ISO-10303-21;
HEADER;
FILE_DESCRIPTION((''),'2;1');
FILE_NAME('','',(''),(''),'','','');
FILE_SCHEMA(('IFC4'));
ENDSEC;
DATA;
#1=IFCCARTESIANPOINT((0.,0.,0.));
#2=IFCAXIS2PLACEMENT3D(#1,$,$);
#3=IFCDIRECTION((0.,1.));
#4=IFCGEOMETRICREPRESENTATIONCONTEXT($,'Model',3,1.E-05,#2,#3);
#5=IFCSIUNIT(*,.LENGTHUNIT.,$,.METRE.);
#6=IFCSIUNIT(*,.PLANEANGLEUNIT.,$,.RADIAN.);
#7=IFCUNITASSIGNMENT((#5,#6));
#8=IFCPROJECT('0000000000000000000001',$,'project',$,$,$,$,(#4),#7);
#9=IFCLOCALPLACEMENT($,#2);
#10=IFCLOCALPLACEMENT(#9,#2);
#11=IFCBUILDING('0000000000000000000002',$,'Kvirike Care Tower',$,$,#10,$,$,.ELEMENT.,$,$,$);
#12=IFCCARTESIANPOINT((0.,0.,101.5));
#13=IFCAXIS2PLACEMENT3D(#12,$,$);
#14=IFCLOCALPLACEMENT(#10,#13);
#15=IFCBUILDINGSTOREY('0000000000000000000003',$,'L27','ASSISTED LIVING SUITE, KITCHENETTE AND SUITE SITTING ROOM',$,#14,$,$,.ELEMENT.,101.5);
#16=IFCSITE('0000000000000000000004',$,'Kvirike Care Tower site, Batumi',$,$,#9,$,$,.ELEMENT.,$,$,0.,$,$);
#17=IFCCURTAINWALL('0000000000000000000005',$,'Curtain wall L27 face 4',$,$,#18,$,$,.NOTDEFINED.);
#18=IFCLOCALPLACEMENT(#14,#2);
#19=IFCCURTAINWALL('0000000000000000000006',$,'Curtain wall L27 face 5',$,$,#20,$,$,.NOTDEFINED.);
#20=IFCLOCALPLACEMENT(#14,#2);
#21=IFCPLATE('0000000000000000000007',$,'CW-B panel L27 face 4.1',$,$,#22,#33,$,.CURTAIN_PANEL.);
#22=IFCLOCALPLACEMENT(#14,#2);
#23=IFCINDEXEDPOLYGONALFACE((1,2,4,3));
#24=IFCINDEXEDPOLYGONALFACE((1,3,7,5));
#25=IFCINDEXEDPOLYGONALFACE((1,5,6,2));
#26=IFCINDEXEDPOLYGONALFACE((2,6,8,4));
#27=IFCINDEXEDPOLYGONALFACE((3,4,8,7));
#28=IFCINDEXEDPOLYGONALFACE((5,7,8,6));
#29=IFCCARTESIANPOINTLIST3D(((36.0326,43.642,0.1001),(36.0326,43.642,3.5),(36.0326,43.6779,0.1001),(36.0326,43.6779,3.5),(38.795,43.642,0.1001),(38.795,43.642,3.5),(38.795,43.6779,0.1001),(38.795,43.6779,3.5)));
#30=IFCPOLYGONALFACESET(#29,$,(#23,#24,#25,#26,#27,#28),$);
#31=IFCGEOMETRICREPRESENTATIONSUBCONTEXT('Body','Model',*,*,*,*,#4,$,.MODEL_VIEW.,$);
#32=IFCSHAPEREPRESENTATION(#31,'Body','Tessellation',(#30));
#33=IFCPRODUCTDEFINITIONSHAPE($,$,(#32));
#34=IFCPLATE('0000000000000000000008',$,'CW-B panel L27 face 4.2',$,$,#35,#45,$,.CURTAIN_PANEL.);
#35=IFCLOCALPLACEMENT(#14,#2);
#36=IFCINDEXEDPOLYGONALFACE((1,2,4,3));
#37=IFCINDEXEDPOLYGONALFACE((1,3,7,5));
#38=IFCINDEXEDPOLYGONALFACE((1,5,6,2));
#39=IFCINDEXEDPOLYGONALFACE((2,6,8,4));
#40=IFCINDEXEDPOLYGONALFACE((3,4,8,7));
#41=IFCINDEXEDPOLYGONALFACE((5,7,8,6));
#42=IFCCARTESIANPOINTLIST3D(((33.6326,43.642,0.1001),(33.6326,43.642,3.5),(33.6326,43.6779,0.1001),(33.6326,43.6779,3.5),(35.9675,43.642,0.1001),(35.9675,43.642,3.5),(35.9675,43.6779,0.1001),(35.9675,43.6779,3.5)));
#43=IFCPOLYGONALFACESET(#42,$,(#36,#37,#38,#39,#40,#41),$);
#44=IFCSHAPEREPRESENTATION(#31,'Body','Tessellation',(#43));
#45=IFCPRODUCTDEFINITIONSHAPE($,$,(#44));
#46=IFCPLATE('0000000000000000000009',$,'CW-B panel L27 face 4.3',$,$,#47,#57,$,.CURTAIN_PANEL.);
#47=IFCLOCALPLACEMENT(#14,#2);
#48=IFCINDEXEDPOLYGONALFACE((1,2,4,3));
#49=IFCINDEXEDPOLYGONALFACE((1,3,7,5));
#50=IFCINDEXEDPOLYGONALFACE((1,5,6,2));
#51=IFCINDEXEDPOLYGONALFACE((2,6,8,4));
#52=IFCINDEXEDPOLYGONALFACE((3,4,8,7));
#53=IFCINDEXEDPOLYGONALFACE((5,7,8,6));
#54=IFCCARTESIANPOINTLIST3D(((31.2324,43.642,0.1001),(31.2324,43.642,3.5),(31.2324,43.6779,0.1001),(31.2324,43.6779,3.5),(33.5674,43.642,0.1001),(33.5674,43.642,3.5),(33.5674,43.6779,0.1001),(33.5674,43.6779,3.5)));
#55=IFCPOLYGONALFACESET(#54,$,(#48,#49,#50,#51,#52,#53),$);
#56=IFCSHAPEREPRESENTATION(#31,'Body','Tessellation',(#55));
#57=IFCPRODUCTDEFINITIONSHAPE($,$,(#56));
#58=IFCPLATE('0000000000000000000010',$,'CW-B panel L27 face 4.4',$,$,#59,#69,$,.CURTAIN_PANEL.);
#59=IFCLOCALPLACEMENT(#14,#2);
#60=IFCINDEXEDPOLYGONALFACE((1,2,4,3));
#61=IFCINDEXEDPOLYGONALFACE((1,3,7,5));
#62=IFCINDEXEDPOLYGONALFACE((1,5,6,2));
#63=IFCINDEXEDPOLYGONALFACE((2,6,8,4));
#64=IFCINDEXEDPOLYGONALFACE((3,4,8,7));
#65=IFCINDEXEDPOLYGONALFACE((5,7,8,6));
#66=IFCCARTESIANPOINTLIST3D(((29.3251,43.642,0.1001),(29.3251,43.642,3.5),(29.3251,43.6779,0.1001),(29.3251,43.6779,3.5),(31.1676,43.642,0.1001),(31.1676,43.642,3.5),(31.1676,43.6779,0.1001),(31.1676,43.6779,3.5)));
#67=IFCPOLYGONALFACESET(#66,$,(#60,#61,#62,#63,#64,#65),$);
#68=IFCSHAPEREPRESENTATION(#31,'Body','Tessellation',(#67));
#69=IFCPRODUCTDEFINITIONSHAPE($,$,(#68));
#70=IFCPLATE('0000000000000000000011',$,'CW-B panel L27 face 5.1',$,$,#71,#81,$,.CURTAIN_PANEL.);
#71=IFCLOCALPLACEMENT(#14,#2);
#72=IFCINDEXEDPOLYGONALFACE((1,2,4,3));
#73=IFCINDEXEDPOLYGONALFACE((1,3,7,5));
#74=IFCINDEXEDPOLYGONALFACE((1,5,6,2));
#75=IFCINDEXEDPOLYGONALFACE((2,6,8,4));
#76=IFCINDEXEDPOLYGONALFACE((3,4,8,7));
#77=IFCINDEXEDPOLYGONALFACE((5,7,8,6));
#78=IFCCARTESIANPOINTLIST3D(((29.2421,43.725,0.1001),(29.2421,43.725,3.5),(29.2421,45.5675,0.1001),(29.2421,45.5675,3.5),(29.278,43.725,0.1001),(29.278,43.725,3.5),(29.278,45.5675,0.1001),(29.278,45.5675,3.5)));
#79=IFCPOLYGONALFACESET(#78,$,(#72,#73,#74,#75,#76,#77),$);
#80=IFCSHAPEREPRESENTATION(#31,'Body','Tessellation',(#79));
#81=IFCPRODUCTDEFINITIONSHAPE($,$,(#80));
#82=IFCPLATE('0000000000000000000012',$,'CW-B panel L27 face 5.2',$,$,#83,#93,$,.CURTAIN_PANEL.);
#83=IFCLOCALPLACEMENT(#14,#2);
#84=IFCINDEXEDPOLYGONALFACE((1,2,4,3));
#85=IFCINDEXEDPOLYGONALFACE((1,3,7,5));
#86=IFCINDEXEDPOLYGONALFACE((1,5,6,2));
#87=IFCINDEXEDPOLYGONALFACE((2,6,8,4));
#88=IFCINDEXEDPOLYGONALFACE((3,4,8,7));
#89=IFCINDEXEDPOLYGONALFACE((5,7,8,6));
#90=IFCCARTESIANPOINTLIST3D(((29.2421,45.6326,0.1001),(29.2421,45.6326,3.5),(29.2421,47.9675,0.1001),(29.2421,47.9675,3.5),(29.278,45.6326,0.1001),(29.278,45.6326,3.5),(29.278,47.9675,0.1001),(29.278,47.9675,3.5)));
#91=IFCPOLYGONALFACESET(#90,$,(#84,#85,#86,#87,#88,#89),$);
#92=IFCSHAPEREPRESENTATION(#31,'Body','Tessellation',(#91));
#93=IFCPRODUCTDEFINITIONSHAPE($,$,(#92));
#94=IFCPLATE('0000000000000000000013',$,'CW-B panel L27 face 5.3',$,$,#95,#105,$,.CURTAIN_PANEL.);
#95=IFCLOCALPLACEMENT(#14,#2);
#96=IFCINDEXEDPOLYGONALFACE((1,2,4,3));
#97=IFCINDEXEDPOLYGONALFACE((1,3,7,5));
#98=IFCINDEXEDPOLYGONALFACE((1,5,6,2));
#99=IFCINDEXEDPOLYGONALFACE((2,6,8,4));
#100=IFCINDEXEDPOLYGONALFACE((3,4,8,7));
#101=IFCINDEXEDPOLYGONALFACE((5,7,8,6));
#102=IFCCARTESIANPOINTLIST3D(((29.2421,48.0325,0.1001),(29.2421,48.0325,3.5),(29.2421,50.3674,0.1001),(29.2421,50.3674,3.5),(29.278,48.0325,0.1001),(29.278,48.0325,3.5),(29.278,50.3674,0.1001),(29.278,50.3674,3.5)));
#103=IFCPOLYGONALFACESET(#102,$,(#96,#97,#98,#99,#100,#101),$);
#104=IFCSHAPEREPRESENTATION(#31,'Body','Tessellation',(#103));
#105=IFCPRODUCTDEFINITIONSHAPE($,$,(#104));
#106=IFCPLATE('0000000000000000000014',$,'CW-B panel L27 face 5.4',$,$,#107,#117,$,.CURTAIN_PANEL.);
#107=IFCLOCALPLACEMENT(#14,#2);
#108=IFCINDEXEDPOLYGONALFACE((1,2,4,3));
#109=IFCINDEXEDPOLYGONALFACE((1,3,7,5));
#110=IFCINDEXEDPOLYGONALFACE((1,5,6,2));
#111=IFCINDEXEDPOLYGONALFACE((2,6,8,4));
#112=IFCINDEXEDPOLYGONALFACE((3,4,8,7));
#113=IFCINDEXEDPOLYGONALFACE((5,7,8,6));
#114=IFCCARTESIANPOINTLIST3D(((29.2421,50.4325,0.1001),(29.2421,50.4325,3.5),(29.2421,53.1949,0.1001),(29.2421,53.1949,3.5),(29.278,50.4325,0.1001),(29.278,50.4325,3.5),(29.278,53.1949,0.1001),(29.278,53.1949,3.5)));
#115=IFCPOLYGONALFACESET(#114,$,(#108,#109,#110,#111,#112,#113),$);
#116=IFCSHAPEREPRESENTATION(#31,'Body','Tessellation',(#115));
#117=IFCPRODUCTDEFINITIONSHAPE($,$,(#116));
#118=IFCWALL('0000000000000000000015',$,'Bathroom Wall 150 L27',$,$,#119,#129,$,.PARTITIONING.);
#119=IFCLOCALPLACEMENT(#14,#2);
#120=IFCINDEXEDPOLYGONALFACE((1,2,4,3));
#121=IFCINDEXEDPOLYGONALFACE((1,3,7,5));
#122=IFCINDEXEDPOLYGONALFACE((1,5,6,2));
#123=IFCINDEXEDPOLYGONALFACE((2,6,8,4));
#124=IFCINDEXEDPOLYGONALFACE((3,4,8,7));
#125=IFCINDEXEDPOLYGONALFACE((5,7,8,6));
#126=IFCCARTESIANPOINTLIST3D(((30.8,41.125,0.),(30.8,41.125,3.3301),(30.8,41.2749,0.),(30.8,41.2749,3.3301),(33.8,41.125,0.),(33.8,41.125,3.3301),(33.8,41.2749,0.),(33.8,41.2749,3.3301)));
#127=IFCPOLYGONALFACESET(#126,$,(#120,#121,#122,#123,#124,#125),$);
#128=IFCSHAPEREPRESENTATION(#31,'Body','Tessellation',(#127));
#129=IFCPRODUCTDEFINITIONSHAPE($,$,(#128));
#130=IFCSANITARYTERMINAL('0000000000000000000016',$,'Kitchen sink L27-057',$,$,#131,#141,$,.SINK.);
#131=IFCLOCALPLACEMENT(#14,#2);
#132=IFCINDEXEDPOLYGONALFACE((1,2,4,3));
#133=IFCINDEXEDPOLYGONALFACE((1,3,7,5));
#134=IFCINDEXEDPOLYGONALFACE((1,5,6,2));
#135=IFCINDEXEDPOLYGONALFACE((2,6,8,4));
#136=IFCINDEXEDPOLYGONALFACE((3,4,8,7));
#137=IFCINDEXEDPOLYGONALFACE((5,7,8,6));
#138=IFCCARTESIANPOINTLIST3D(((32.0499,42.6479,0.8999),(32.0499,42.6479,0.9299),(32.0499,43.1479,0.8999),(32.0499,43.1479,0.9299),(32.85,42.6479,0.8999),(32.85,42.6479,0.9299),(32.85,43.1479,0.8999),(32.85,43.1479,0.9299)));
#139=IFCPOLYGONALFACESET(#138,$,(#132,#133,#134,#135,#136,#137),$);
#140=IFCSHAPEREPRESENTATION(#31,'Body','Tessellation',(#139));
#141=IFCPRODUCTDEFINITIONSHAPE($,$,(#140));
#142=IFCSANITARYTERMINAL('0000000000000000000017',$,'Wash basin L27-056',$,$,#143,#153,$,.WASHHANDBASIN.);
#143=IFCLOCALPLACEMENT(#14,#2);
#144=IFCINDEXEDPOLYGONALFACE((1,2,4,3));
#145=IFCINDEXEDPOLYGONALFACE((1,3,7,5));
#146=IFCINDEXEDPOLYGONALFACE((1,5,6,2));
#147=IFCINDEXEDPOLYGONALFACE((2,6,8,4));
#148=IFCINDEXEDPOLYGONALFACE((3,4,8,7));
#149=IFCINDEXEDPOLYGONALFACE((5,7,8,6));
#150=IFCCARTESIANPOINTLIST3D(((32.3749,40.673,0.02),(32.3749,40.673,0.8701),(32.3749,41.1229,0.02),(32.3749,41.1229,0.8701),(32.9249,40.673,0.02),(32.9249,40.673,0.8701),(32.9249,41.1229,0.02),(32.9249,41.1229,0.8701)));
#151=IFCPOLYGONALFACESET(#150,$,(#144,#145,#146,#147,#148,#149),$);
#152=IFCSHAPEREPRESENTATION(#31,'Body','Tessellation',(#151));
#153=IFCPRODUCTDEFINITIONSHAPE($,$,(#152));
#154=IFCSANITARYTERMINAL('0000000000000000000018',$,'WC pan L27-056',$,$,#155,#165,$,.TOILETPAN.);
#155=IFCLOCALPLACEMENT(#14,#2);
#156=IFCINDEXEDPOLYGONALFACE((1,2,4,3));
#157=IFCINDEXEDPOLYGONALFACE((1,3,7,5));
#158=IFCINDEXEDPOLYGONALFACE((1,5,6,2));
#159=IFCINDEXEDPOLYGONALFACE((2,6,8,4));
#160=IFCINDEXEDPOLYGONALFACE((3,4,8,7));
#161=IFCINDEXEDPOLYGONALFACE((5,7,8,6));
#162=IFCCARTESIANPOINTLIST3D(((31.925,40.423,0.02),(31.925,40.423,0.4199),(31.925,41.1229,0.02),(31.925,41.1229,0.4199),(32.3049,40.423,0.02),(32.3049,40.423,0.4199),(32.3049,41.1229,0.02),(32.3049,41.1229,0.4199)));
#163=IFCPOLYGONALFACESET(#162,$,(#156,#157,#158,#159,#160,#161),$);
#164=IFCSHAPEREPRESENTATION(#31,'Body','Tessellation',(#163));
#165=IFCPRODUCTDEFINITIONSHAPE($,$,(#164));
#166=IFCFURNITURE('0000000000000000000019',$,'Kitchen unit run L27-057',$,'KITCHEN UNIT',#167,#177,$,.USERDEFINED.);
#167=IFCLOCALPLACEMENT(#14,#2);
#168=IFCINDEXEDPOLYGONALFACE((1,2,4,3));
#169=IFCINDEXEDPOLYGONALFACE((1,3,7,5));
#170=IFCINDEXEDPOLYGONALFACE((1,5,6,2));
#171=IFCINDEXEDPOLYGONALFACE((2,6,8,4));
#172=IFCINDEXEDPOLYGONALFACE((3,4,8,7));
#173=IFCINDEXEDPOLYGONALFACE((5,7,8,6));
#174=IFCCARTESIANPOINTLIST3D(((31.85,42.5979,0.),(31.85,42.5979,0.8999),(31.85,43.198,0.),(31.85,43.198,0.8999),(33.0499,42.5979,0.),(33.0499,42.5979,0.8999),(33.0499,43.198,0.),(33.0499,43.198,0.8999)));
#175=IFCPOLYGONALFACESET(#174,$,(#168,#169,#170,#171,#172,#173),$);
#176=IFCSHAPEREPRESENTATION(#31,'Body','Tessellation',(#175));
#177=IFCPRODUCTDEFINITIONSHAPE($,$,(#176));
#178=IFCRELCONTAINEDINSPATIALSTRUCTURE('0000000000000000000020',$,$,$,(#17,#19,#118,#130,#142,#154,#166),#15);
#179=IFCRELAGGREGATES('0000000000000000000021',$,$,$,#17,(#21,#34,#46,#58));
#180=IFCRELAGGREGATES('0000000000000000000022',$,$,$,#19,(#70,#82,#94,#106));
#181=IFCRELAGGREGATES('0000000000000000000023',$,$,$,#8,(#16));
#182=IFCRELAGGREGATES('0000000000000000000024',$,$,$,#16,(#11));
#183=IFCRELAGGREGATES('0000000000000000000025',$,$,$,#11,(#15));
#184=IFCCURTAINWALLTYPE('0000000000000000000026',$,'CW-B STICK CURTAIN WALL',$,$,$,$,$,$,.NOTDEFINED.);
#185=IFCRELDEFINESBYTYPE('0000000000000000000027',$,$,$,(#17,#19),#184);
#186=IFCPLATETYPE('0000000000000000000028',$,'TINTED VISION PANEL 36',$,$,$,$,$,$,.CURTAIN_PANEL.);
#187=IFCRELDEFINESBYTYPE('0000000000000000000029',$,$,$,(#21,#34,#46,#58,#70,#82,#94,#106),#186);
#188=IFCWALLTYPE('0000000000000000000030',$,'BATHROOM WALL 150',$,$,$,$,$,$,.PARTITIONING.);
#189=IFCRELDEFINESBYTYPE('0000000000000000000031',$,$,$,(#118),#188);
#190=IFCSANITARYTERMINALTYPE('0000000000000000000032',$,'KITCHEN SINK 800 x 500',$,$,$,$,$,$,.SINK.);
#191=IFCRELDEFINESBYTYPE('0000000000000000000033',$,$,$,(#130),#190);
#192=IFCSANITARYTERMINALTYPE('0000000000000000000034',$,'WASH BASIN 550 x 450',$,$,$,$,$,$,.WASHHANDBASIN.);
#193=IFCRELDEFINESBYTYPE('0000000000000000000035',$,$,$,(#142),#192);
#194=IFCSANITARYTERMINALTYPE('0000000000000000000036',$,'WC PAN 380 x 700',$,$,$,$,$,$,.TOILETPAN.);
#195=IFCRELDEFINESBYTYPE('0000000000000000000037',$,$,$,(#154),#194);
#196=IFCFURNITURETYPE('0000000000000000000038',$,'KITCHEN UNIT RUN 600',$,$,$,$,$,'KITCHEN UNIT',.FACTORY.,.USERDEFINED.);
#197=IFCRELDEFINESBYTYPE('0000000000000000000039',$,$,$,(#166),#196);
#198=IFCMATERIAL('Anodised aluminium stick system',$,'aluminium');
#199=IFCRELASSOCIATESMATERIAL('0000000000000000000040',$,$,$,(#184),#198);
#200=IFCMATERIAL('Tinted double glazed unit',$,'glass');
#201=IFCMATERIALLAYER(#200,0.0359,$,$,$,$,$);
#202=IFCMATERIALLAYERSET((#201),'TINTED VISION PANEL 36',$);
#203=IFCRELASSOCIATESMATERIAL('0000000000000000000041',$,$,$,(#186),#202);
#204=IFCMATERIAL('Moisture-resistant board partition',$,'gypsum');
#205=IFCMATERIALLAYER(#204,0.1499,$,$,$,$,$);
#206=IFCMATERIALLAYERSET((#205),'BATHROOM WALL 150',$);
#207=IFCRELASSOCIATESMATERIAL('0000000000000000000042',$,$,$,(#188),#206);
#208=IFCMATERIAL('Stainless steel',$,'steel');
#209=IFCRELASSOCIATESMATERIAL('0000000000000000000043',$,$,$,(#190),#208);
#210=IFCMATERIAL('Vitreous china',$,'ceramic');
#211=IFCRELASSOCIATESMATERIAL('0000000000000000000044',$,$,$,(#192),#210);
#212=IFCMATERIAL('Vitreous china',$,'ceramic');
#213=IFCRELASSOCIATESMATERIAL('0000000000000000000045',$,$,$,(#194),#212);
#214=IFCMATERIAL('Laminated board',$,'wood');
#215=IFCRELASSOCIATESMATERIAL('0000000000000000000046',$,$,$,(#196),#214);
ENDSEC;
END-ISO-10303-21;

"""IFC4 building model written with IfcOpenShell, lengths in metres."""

from ifc_helpers import new_model, si_unit, direction, frame, frame_2d, origin, origin_2d, place, context, subcontext, project, spatial, rectangle, extrude, material, layer, layer_set, type_object, element, aggregate, save


model = new_model("IFC4")

# Units and contexts
model_context = context("Model", 3, precision=1e-05, world=origin(), true_north=direction((0.0, 1.0)))
body_context = subcontext(model_context, "Body", "Model", "MODEL_VIEW")
ifc_project = project(units=[si_unit("LENGTHUNIT", "METRE"), si_unit("PLANEANGLEUNIT", "RADIAN")], contexts=[model_context])

# Site, building, storey
site_placement = place(None, origin())
site = spatial("IfcSite", under=ifc_project, at=site_placement, Name="Kvirike Care Tower site, Batumi", CompositionType="ELEMENT", RefElevation=0.0)
building_placement = place(site_placement, origin())
building = spatial("IfcBuilding", under=site, at=building_placement, Name="Kvirike Care Tower", CompositionType="ELEMENT")
storey_placement = place(building_placement, frame((0.0, 0.0, 101.5)))
storey = spatial("IfcBuildingStorey", under=building, at=storey_placement, Name="L27", Description="ASSISTED LIVING SUITE, KITCHENETTE AND SUITE SITTING ROOM", CompositionType="ELEMENT", Elevation=101.5)

# Curtain walls
ifc_material_1 = material(Name="Anodised aluminium stick system", Category="aluminium")
curtain_wall_type = type_object("IfcCurtainWallType", Name="CW-B STICK CURTAIN WALL", PredefinedType="NOTDEFINED", material=ifc_material_1)
curtain_wall_1_placement = place(storey_placement, origin())
curtain_wall_1 = element("IfcCurtainWall", 1, at=curtain_wall_1_placement, inside=storey, type_object=curtain_wall_type, Name="Curtain wall L27 face 4", PredefinedType="NOTDEFINED")
curtain_wall_2_placement = place(storey_placement, origin())
curtain_wall_2 = element("IfcCurtainWall", 2, at=curtain_wall_2_placement, inside=storey, type_object=curtain_wall_type, Name="Curtain wall L27 face 5", PredefinedType="NOTDEFINED")

# Plates
ifc_material_2 = material(Name="Tinted double glazed unit", Category="glass")
ifc_layer_1 = layer(ifc_material_2, 0.0359)
ifc_layer_set_1 = layer_set([ifc_layer_1], Name="TINTED VISION PANEL 36")
plate_type = type_object("IfcPlateType", Name="TINTED VISION PANEL 36", PredefinedType="CURTAIN_PANEL", material=ifc_layer_set_1)
plate_1_placement = place(storey_placement, frame((37.4138, 43.6599, 0.1001), z_axis=(0.0, 0.0, 1.0), x_axis=(-1.0, 0.0, 0.0)))
plate_1 = element("IfcPlate", 3, at=plate_1_placement, type_object=plate_type, Name="CW-B panel L27 face 4.1", PredefinedType="CURTAIN_PANEL", context=body_context, shape_type="SweptSolid", body=[
    extrude(rectangle(XDim=2.7625, YDim=0.0359, at=origin_2d()), origin(), (0.0, 0.0, 1.0), 3.3999),
])
plate_2_placement = place(storey_placement, frame((34.8, 43.6599, 0.1001), z_axis=(0.0, 0.0, 1.0), x_axis=(-1.0, 0.0, 0.0)))
plate_2 = element("IfcPlate", 4, at=plate_2_placement, type_object=plate_type, Name="CW-B panel L27 face 4.2", PredefinedType="CURTAIN_PANEL", context=body_context, shape_type="SweptSolid", body=[
    extrude(rectangle(XDim=2.335, YDim=0.0359, at=origin_2d()), origin(), (0.0, 0.0, 1.0), 3.3999),
])
plate_3_placement = place(storey_placement, frame((32.3999, 43.6599, 0.1001), z_axis=(0.0, 0.0, 1.0), x_axis=(-1.0, 0.0, 0.0)))
plate_3 = element("IfcPlate", 5, at=plate_3_placement, type_object=plate_type, Name="CW-B panel L27 face 4.3", PredefinedType="CURTAIN_PANEL", context=body_context, shape_type="SweptSolid", body=[
    extrude(rectangle(XDim=2.335, YDim=0.0359, at=origin_2d()), origin(), (0.0, 0.0, 1.0), 3.3999),
])
plate_4_placement = place(storey_placement, frame((30.2463, 43.6599, 0.1001), z_axis=(0.0, 0.0, 1.0), x_axis=(-1.0, 0.0, 0.0)))
plate_4 = element("IfcPlate", 6, at=plate_4_placement, type_object=plate_type, Name="CW-B panel L27 face 4.4", PredefinedType="CURTAIN_PANEL", context=body_context, shape_type="SweptSolid", body=[
    extrude(rectangle(XDim=1.8425, YDim=0.0359, at=origin_2d()), origin(), (0.0, 0.0, 1.0), 3.3999),
])
aggregate(curtain_wall_1, [plate_1, plate_2, plate_3, plate_4])
plate_5_placement = place(storey_placement, frame((29.26, 44.6462, 0.1001), z_axis=(0.0, 0.0, 1.0), x_axis=(0.0, 1.0, 0.0)))
plate_5 = element("IfcPlate", 7, at=plate_5_placement, type_object=plate_type, Name="CW-B panel L27 face 5.1", PredefinedType="CURTAIN_PANEL", context=body_context, shape_type="SweptSolid", body=[
    extrude(rectangle(XDim=1.8425, YDim=0.0359, at=origin_2d()), origin(), (0.0, 0.0, 1.0), 3.3999),
])
plate_6_placement = place(storey_placement, frame((29.26, 46.8, 0.1001), z_axis=(0.0, 0.0, 1.0), x_axis=(0.0, 1.0, 0.0)))
plate_6 = element("IfcPlate", 8, at=plate_6_placement, type_object=plate_type, Name="CW-B panel L27 face 5.2", PredefinedType="CURTAIN_PANEL", context=body_context, shape_type="SweptSolid", body=[
    extrude(rectangle(XDim=2.335, YDim=0.0359, at=origin_2d()), origin(), (0.0, 0.0, 1.0), 3.3999),
])
plate_7_placement = place(storey_placement, frame((29.26, 49.2, 0.1001), z_axis=(0.0, 0.0, 1.0), x_axis=(0.0, 1.0, 0.0)))
plate_7 = element("IfcPlate", 9, at=plate_7_placement, type_object=plate_type, Name="CW-B panel L27 face 5.3", PredefinedType="CURTAIN_PANEL", context=body_context, shape_type="SweptSolid", body=[
    extrude(rectangle(XDim=2.335, YDim=0.0359, at=origin_2d()), origin(), (0.0, 0.0, 1.0), 3.3999),
])
plate_8_placement = place(storey_placement, frame((29.26, 51.8137, 0.1001), z_axis=(0.0, 0.0, 1.0), x_axis=(0.0, 1.0, 0.0)))
plate_8 = element("IfcPlate", 10, at=plate_8_placement, type_object=plate_type, Name="CW-B panel L27 face 5.4", PredefinedType="CURTAIN_PANEL", context=body_context, shape_type="SweptSolid", body=[
    extrude(rectangle(XDim=2.7625, YDim=0.0359, at=origin_2d()), origin(), (0.0, 0.0, 1.0), 3.3999),
])
aggregate(curtain_wall_2, [plate_5, plate_6, plate_7, plate_8])

# Wall
ifc_material_3 = material(Name="Moisture-resistant board partition", Category="gypsum")
ifc_layer_2 = layer(ifc_material_3, 0.1499)
ifc_layer_set_2 = layer_set([ifc_layer_2], Name="BATHROOM WALL 150")
wall_type = type_object("IfcWallType", Name="BATHROOM WALL 150", PredefinedType="PARTITIONING", material=ifc_layer_set_2)
wall_placement = place(storey_placement, frame((33.8, 41.2, 0.0), z_axis=(0.0, 0.0, 1.0), x_axis=(-1.0, 0.0, 0.0)))
element("IfcWall", 11, at=wall_placement, inside=storey, type_object=wall_type, Name="Bathroom Wall 150 L27", PredefinedType="PARTITIONING", context=body_context, shape_type="SweptSolid", body=[
    extrude(rectangle(XDim=3.0, YDim=0.1499, at=frame_2d((1.5, 0.0))), origin(), (0.0, 0.0, 1.0), 3.3301),
])

# Sanitary terminals
ifc_material_4 = material(Name="Stainless steel", Category="steel")
sanitary_terminal_type_1 = type_object("IfcSanitaryTerminalType", Name="KITCHEN SINK 800 x 500", PredefinedType="SINK", material=ifc_material_4)
sanitary_terminal_1_placement = place(storey_placement, frame((32.45, 42.8979, 0.8999), z_axis=(0.0, 0.0, 1.0), x_axis=(1.0, 0.0, 0.0)))
element("IfcSanitaryTerminal", 12, at=sanitary_terminal_1_placement, inside=storey, type_object=sanitary_terminal_type_1, Name="Kitchen sink L27-057", PredefinedType="SINK", context=body_context, shape_type="SweptSolid", body=[
    extrude(rectangle(XDim=0.8, YDim=0.5, at=origin_2d()), origin(), (0.0, 0.0, 1.0), 0.03),
])
ifc_material_5 = material(Name="Vitreous china", Category="ceramic")
sanitary_terminal_type_2 = type_object("IfcSanitaryTerminalType", Name="WASH BASIN 550 x 450", PredefinedType="WASHHANDBASIN", material=ifc_material_5)
sanitary_terminal_2_placement = place(storey_placement, frame((32.6499, 40.8979, 0.02), z_axis=(0.0, 0.0, 1.0), x_axis=(1.0, 0.0, 0.0)))
element("IfcSanitaryTerminal", 13, at=sanitary_terminal_2_placement, inside=storey, type_object=sanitary_terminal_type_2, Name="Wash basin L27-056", PredefinedType="WASHHANDBASIN", context=body_context, shape_type="SweptSolid", body=[
    extrude(rectangle(XDim=0.55, YDim=0.45, at=origin_2d()), origin(), (0.0, 0.0, 1.0), 0.8501),
])
ifc_material_6 = material(Name="Vitreous china", Category="ceramic")
sanitary_terminal_type_3 = type_object("IfcSanitaryTerminalType", Name="WC PAN 380 x 700", PredefinedType="TOILETPAN", material=ifc_material_6)
sanitary_terminal_3_placement = place(storey_placement, frame((32.115, 40.7729, 0.02), z_axis=(0.0, 0.0, 1.0), x_axis=(1.0, 0.0, 0.0)))
element("IfcSanitaryTerminal", 14, at=sanitary_terminal_3_placement, inside=storey, type_object=sanitary_terminal_type_3, Name="WC pan L27-056", PredefinedType="TOILETPAN", context=body_context, shape_type="SweptSolid", body=[
    extrude(rectangle(XDim=0.3799, YDim=0.7, at=origin_2d()), origin(), (0.0, 0.0, 1.0), 0.3999),
])

# Furniture
ifc_material_7 = material(Name="Laminated board", Category="wood")
furniture_type = type_object("IfcFurnitureType", Name="KITCHEN UNIT RUN 600", ElementType="KITCHEN UNIT", AssemblyPlace="FACTORY", PredefinedType="USERDEFINED", material=ifc_material_7)
furniture_placement = place(storey_placement, frame((32.45, 42.8979, 0.0), z_axis=(0.0, 0.0, 1.0), x_axis=(1.0, 0.0, 0.0)))
element("IfcFurniture", 15, at=furniture_placement, inside=storey, type_object=furniture_type, Name="Kitchen unit run L27-057", ObjectType="KITCHEN UNIT", PredefinedType="USERDEFINED", context=body_context, shape_type="SweptSolid", body=[
    extrude(rectangle(XDim=1.2, YDim=0.6001, at=origin_2d()), origin(), (0.0, 0.0, 1.0), 0.8999),
])

save(model, "model.ifc")
